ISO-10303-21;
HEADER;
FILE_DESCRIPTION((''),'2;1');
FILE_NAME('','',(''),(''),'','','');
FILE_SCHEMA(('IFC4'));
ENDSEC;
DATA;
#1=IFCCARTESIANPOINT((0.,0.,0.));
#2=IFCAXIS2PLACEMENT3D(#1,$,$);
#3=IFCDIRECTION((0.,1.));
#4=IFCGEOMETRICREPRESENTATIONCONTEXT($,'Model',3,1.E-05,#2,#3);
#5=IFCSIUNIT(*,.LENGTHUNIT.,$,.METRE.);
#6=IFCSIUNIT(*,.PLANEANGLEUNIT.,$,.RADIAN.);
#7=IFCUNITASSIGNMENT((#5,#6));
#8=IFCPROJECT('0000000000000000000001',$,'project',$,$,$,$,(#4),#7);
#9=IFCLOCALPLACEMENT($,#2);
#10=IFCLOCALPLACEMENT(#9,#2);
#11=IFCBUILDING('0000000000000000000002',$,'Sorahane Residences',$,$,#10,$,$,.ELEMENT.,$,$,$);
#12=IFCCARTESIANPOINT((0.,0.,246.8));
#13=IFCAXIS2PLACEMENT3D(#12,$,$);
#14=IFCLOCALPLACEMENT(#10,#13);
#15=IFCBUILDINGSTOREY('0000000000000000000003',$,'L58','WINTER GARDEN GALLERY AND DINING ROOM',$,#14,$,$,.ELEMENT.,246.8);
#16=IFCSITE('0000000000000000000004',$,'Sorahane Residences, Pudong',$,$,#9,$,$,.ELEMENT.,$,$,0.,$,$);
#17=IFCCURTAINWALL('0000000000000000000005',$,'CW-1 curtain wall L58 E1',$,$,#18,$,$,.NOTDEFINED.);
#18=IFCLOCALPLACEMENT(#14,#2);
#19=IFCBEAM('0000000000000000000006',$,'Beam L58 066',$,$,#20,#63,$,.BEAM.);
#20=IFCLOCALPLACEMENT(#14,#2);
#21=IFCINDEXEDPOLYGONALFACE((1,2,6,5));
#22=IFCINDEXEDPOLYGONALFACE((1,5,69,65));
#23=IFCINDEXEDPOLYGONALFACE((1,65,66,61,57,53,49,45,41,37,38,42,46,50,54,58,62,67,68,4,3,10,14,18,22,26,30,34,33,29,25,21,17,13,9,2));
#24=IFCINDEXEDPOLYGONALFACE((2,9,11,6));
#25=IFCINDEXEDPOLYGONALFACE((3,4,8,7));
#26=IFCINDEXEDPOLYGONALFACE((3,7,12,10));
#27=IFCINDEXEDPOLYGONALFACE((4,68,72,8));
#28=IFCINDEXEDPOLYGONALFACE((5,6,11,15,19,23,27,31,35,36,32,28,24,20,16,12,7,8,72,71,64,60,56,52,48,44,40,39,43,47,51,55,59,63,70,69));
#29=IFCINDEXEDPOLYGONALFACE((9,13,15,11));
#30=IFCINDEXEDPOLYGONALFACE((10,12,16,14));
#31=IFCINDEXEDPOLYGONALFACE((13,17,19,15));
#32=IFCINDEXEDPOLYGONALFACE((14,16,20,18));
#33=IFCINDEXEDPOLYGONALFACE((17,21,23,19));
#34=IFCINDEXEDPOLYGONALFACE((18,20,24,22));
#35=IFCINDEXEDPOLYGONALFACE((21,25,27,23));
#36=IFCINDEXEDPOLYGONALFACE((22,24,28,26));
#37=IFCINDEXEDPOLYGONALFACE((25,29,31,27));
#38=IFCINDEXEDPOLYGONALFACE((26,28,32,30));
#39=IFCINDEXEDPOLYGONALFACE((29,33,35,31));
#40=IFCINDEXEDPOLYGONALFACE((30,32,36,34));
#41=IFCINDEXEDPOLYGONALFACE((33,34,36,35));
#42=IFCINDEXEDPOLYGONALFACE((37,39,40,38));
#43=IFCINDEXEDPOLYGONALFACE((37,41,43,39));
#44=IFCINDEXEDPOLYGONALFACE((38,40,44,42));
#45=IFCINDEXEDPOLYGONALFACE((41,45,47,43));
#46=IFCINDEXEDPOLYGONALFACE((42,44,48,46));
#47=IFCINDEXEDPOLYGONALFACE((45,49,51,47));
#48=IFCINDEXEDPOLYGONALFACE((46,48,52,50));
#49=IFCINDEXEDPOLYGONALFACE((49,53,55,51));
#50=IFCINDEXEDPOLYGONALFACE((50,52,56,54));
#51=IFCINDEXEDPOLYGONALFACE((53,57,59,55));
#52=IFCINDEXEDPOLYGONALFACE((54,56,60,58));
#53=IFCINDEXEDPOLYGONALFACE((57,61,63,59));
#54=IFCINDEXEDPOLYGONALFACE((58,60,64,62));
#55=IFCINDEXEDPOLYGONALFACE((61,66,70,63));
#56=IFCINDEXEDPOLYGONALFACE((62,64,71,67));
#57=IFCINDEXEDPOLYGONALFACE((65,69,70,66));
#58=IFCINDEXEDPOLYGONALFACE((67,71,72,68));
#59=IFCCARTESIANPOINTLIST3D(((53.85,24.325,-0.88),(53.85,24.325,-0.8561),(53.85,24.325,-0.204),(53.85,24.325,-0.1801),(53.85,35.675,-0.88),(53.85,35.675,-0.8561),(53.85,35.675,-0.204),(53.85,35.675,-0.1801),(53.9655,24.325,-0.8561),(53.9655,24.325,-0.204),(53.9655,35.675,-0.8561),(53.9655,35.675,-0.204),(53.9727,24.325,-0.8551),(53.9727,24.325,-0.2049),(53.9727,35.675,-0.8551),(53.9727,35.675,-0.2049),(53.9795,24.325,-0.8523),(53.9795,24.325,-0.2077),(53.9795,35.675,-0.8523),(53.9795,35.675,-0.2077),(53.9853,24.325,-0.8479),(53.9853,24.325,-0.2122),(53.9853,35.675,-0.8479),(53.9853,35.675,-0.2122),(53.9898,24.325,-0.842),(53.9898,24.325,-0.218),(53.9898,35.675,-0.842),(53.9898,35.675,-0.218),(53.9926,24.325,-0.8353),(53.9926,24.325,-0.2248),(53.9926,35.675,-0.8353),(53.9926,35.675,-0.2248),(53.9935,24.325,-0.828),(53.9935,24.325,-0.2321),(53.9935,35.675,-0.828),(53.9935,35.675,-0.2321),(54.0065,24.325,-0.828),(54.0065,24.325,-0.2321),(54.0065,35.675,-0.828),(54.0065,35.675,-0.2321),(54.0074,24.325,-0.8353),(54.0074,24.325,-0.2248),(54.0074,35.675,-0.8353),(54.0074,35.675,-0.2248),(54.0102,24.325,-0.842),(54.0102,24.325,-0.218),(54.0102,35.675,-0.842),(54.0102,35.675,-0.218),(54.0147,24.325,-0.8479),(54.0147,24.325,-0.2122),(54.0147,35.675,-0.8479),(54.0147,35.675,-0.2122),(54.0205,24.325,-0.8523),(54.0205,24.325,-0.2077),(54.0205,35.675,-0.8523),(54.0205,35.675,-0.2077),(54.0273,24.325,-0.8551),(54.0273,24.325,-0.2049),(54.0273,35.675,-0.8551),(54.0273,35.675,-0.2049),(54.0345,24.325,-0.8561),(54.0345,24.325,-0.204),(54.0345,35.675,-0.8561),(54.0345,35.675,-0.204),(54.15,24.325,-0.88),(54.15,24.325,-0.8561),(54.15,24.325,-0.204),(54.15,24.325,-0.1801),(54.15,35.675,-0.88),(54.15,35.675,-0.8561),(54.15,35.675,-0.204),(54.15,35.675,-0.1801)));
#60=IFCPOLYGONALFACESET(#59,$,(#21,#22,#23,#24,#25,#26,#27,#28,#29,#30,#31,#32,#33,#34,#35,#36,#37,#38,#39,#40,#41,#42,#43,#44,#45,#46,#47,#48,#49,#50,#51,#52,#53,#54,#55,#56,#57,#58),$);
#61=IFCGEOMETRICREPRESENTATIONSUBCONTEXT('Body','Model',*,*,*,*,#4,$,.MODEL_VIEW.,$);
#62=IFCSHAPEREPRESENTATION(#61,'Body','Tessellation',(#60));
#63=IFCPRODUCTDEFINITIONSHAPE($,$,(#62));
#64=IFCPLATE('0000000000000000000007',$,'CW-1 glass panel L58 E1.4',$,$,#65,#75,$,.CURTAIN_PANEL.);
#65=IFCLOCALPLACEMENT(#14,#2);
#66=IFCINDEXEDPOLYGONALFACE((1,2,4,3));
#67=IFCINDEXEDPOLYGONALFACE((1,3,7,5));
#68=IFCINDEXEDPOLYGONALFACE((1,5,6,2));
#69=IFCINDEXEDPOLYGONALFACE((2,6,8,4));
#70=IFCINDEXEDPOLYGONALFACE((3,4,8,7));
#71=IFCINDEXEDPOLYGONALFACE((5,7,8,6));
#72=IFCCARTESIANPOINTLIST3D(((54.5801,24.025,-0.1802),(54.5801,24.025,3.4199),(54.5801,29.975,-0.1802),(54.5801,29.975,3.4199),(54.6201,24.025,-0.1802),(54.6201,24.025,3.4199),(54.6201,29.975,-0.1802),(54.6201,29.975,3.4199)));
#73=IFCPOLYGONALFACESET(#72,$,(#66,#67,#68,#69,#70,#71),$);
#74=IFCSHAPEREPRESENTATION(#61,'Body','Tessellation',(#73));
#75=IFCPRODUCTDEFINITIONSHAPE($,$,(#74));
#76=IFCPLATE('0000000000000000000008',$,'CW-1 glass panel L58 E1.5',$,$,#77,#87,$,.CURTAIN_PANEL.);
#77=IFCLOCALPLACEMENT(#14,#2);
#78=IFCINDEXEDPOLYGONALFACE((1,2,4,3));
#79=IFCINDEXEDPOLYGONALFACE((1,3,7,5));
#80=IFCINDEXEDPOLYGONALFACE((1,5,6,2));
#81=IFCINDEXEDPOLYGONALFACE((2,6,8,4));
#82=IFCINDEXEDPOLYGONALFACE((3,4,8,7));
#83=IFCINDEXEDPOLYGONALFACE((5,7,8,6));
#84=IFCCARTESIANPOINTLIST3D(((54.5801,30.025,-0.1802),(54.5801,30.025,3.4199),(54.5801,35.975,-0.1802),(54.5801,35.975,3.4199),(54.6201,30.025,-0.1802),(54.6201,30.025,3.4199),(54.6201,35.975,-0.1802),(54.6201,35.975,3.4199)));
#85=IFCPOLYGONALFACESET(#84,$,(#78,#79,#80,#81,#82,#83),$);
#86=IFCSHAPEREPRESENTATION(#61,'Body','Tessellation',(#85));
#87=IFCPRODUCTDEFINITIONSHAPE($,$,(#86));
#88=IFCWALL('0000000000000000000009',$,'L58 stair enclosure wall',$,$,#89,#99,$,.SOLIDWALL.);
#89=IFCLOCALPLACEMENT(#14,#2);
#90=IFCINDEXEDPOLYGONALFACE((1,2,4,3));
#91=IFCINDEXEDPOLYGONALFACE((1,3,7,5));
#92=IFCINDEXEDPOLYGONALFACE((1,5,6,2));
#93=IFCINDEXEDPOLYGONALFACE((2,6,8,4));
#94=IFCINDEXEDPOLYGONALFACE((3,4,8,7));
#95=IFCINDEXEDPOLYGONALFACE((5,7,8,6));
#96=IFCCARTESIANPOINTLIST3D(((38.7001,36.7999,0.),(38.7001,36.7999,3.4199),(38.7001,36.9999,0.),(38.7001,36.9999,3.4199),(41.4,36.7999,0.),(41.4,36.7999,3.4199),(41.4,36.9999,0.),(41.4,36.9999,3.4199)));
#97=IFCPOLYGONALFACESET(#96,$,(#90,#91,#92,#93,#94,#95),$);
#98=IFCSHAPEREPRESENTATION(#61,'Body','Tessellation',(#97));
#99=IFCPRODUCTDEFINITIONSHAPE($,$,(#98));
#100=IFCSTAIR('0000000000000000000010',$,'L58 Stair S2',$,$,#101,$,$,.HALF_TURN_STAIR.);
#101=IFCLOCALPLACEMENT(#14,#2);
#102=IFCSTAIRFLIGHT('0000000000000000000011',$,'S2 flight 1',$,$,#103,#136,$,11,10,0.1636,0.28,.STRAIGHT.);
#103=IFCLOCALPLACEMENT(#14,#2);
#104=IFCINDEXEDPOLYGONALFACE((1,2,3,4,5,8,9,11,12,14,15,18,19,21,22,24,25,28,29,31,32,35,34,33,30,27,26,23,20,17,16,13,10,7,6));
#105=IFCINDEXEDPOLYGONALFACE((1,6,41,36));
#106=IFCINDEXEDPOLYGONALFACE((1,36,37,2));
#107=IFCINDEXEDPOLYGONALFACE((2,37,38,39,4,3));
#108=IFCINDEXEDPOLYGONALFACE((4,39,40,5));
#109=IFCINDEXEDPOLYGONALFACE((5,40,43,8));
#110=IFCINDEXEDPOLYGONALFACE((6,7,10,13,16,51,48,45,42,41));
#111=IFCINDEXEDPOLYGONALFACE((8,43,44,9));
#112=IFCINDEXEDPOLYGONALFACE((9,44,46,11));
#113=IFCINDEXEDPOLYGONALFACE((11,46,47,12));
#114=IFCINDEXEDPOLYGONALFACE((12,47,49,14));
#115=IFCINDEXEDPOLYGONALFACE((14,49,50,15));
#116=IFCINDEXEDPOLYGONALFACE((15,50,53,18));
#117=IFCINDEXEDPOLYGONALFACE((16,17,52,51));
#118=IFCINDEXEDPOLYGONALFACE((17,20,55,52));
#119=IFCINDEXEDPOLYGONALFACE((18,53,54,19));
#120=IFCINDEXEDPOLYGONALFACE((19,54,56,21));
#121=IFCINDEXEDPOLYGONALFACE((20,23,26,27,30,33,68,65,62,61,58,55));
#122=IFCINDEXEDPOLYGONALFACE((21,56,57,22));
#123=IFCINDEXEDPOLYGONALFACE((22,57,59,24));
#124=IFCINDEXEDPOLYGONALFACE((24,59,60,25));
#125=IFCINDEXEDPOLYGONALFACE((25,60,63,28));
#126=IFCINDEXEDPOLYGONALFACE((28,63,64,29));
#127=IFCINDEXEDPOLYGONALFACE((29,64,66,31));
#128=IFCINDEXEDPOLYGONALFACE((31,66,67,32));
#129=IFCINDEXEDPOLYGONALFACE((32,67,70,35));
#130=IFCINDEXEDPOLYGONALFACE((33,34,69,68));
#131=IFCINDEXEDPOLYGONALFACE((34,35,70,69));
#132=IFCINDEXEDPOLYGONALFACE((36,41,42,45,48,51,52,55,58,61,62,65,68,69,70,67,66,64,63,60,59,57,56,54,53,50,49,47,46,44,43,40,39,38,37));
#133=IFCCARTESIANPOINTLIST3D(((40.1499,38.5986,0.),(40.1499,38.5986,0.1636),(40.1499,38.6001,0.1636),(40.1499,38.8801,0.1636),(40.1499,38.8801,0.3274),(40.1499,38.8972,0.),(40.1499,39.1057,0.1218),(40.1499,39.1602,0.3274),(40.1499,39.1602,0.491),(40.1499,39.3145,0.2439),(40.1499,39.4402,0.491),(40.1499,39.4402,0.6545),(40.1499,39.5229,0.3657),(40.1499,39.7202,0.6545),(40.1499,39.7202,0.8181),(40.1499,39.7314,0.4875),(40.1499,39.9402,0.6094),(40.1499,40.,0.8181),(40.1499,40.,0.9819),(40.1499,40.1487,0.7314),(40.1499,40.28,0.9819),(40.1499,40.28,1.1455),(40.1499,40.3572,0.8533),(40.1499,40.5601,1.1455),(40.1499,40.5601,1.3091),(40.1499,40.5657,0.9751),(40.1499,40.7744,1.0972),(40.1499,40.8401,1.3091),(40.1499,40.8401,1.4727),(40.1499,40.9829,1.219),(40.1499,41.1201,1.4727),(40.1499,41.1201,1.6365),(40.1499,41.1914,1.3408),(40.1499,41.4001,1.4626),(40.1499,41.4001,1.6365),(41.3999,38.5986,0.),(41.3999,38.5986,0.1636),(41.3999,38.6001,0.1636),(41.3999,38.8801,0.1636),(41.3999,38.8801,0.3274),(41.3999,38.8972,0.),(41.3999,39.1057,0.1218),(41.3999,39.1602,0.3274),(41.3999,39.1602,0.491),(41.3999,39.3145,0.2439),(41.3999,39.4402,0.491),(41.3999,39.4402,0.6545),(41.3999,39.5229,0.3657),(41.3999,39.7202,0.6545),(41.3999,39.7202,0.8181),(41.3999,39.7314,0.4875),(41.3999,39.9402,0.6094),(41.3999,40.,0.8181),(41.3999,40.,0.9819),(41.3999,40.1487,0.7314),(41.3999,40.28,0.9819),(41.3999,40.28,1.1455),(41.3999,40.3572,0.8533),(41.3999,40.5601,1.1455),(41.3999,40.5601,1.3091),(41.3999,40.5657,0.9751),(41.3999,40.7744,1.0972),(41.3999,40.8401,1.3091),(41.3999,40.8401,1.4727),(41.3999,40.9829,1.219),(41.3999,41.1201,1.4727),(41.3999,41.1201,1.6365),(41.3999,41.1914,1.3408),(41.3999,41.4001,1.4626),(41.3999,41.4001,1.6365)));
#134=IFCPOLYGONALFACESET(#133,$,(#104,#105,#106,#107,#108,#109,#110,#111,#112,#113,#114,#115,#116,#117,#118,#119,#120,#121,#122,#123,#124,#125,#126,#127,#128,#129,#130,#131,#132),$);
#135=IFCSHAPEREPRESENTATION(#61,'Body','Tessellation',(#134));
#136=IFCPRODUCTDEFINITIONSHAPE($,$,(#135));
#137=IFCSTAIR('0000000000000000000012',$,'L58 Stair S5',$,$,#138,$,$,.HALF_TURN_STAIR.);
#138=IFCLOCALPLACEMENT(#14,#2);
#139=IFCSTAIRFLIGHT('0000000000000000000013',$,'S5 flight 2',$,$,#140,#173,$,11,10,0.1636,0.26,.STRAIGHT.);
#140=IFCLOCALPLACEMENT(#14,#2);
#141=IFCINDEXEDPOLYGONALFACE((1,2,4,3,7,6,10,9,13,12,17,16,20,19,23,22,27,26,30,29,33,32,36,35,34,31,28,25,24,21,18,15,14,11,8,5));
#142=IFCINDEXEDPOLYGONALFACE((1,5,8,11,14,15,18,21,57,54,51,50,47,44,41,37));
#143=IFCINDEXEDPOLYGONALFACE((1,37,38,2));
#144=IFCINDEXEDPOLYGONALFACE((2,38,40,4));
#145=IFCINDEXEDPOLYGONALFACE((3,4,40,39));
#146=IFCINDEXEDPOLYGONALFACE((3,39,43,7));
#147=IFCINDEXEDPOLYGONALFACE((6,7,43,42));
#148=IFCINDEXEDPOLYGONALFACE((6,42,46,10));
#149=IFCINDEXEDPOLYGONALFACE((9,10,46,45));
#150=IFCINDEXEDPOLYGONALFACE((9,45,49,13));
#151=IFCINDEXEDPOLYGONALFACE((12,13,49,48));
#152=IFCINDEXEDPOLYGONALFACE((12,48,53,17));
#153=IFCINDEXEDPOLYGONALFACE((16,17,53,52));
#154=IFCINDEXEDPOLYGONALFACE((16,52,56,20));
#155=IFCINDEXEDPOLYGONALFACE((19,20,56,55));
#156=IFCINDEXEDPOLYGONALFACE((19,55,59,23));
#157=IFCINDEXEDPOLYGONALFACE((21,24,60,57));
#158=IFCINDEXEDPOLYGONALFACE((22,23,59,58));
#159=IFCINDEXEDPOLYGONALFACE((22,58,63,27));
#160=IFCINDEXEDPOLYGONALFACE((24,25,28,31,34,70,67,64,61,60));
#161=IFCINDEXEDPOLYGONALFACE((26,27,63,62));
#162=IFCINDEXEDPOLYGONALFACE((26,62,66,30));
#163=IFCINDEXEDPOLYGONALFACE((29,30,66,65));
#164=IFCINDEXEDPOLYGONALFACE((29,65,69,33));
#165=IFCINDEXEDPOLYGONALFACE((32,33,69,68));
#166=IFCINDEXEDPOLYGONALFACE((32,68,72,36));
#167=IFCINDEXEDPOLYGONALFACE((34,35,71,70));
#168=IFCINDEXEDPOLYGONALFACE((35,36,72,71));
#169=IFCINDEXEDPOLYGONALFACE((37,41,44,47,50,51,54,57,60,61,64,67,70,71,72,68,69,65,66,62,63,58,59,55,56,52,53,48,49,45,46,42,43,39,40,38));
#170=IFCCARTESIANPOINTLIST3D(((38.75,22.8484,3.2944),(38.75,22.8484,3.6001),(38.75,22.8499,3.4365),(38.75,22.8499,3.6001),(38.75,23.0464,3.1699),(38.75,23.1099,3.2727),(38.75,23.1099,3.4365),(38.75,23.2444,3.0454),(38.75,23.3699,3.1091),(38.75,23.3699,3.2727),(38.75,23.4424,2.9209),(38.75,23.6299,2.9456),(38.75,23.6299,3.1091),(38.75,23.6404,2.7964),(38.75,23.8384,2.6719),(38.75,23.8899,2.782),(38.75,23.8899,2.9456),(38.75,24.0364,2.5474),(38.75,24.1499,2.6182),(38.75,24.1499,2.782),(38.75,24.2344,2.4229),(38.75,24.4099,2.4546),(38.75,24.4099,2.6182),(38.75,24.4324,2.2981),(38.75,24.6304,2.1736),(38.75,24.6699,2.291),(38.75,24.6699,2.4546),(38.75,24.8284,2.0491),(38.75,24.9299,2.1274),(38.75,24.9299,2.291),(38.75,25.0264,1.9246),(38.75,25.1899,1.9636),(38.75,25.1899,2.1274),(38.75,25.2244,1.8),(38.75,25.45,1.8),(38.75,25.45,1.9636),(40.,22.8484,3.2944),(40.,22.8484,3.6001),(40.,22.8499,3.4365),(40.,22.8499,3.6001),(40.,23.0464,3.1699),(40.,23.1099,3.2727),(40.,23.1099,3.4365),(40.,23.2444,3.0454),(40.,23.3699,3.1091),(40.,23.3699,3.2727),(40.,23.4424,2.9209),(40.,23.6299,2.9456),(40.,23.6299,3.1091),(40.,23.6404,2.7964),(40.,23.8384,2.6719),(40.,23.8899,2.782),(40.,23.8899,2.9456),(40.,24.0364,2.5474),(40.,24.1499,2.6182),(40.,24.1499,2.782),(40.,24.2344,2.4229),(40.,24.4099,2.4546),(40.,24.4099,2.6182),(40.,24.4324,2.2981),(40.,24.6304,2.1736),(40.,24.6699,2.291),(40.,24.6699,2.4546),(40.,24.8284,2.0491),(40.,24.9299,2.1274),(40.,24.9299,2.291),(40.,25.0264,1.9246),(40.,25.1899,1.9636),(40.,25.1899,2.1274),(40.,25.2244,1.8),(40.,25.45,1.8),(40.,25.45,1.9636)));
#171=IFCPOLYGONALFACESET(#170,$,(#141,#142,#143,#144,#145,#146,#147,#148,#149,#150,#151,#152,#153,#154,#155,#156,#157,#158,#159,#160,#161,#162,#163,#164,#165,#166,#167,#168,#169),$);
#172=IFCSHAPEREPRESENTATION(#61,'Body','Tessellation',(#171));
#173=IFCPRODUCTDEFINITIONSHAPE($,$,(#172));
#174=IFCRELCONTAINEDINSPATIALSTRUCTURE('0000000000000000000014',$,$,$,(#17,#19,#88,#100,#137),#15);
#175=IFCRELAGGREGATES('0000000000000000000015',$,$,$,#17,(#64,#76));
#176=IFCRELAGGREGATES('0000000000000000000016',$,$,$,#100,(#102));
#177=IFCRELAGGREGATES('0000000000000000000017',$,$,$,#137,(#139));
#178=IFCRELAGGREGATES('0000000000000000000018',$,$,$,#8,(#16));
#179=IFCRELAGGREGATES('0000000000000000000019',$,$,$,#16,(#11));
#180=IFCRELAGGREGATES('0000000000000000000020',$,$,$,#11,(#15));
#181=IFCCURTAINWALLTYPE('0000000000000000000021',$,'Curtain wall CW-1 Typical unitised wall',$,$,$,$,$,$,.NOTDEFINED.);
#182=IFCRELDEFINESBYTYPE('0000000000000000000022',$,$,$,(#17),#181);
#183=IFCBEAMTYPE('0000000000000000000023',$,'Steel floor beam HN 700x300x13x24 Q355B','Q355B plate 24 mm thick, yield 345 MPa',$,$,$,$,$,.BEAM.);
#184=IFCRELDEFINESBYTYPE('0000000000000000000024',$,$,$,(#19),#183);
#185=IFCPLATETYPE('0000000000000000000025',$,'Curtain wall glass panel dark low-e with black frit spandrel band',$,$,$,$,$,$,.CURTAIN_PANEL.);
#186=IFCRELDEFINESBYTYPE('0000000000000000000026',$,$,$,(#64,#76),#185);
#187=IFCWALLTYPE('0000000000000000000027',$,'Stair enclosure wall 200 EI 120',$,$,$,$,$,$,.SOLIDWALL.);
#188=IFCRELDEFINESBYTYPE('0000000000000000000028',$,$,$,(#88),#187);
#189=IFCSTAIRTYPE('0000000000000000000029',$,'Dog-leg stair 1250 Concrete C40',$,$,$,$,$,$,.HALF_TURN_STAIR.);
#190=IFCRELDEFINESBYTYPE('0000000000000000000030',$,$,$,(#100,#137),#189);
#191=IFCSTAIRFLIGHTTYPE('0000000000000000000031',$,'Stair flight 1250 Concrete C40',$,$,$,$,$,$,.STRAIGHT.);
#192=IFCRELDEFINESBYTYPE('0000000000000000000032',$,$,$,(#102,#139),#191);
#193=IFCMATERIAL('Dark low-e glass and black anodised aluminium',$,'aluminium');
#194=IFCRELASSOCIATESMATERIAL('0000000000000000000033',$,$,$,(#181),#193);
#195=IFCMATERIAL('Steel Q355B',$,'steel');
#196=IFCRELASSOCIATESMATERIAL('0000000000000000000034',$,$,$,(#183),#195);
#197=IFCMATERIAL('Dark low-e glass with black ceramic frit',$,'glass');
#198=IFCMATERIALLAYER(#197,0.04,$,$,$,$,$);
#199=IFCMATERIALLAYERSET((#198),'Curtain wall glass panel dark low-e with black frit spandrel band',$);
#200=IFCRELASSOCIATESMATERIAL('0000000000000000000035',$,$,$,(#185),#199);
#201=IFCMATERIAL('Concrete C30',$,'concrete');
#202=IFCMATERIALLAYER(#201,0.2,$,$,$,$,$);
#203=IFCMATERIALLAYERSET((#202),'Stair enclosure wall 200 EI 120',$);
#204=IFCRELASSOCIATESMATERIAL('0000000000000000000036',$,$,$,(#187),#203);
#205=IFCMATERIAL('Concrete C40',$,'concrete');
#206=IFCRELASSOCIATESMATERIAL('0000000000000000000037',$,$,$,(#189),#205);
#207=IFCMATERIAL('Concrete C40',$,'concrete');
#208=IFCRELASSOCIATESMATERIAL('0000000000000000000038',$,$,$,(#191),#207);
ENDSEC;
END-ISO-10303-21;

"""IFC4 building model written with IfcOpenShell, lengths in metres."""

from ifc_helpers import new_model, si_unit, direction, frame, frame_2d, origin, origin_2d, place, context, subcontext, project, spatial, polyline, rectangle, i_section, outline, extrude, material, layer, layer_set, material_profile, profile_set, type_object, element, aggregate, save


model = new_model("IFC4")

# Units and contexts
model_context = context("Model", 3, precision=1e-05, world=origin(), true_north=direction((0.0, 1.0)))
body_context = subcontext(model_context, "Body", "Model", "MODEL_VIEW")
ifc_project = project(units=[si_unit("LENGTHUNIT", "METRE"), si_unit("PLANEANGLEUNIT", "RADIAN")], contexts=[model_context])

# Site, building, storey
site_placement = place(None, origin())
site = spatial("IfcSite", under=ifc_project, at=site_placement, Name="Sorahane Residences, Pudong", CompositionType="ELEMENT", RefElevation=0.0)
building_placement = place(site_placement, origin())
building = spatial("IfcBuilding", under=site, at=building_placement, Name="Sorahane Residences", CompositionType="ELEMENT")
storey_placement = place(building_placement, frame((0.0, 0.0, 246.8)))
storey = spatial("IfcBuildingStorey", under=building, at=storey_placement, Name="L58", Description="WINTER GARDEN GALLERY AND DINING ROOM", CompositionType="ELEMENT", Elevation=246.8)

# Curtain wall
ifc_material_1 = material(Name="Dark low-e glass and black anodised aluminium", Category="aluminium")
curtain_wall_type = type_object("IfcCurtainWallType", Name="Curtain wall CW-1 Typical unitised wall", PredefinedType="NOTDEFINED", material=ifc_material_1)
curtain_wall_placement = place(storey_placement, origin())
curtain_wall = element("IfcCurtainWall", 1, at=curtain_wall_placement, inside=storey, type_object=curtain_wall_type, Name="CW-1 curtain wall L58 E1", PredefinedType="NOTDEFINED")

# Beam
ifc_material_2 = material(Name="Steel Q355B", Category="steel")
ifc_material_profile_1 = material_profile(ifc_material_2, i_section(OverallWidth=0.3, OverallDepth=0.7, WebThickness=0.0129, FlangeThickness=0.0239, FilletRadius=0.0281, at=origin_2d()), Name="HN 700x300x13x24")
ifc_profile_set_1 = profile_set([ifc_material_profile_1], Name="Steel Q355B")
beam_type_1 = type_object("IfcBeamType", Name="Steel floor beam HN 700x300x13x24 Q355B", Description="Q355B plate 24 mm thick, yield 345 MPa", PredefinedType="BEAM", material=ifc_profile_set_1)
beam_1_placement = place(storey_placement, frame((54.0, 24.325, -0.53), z_axis=(0.0, 1.0, 0.0), x_axis=(-1.0, 0.0, 0.0)))
element("IfcBeam", 2, at=beam_1_placement, inside=storey, type_object=beam_type_1, Name="Beam L58 066", PredefinedType="BEAM", context=body_context, shape_type="SweptSolid", body=[
    extrude(i_section(OverallWidth=0.3, OverallDepth=0.7, WebThickness=0.0129, FlangeThickness=0.0239, FilletRadius=0.0281, at=origin_2d()), origin(), (0.0, 0.0, 1.0), 11.3501),
])

# Plates
ifc_material_3 = material(Name="Dark low-e glass with black ceramic frit", Category="glass")
ifc_layer_1 = layer(ifc_material_3, 0.04)
ifc_layer_set_1 = layer_set([ifc_layer_1], Name="Curtain wall glass panel dark low-e with black frit spandrel band")
plate_type = type_object("IfcPlateType", Name="Curtain wall glass panel dark low-e with black frit spandrel band", PredefinedType="CURTAIN_PANEL", material=ifc_layer_set_1)
plate_1_placement = place(storey_placement, frame((54.6001, 27.0, -0.1802), z_axis=(0.0, 0.0, 1.0), x_axis=(0.0, 1.0, 0.0)))
plate_1 = element("IfcPlate", 3, at=plate_1_placement, type_object=plate_type, Name="CW-1 glass panel L58 E1.4", PredefinedType="CURTAIN_PANEL", context=body_context, shape_type="SweptSolid", body=[
    extrude(rectangle(XDim=5.95, YDim=0.04, at=origin_2d()), origin(), (0.0, 0.0, 1.0), 3.6001),
])
plate_2_placement = place(storey_placement, frame((54.6001, 33.0, -0.1802), z_axis=(0.0, 0.0, 1.0), x_axis=(0.0, 1.0, 0.0)))
plate_2 = element("IfcPlate", 4, at=plate_2_placement, type_object=plate_type, Name="CW-1 glass panel L58 E1.5", PredefinedType="CURTAIN_PANEL", context=body_context, shape_type="SweptSolid", body=[
    extrude(rectangle(XDim=5.95, YDim=0.04, at=origin_2d()), origin(), (0.0, 0.0, 1.0), 3.6001),
])
aggregate(curtain_wall, [plate_1, plate_2])

# Wall
ifc_material_4 = material(Name="Concrete C30", Category="concrete")
ifc_layer_2 = layer(ifc_material_4, 0.2)
ifc_layer_set_2 = layer_set([ifc_layer_2], Name="Stair enclosure wall 200 EI 120")
wall_type = type_object("IfcWallType", Name="Stair enclosure wall 200 EI 120", PredefinedType="SOLIDWALL", material=ifc_layer_set_2)
wall_placement = place(storey_placement, frame((38.7, 36.8999, 0.0), z_axis=(0.0, 0.0, 1.0), x_axis=(1.0, 0.0, 0.0)))
element("IfcWall", 5, at=wall_placement, inside=storey, type_object=wall_type, Name="L58 stair enclosure wall", PredefinedType="SOLIDWALL", context=body_context, shape_type="SweptSolid", body=[
    extrude(rectangle(XDim=2.7, YDim=0.2, at=frame_2d((1.3501, 0.0))), origin(), (0.0, 0.0, 1.0), 3.4199),
])

# Stairs, stair flights
ifc_material_5 = material(Name="Concrete C40", Category="concrete")
stair_type = type_object("IfcStairType", Name="Dog-leg stair 1250 Concrete C40", PredefinedType="HALF_TURN_STAIR", material=ifc_material_5)
stair_1_placement = place(storey_placement, origin())
stair_1 = element("IfcStair", 6, at=stair_1_placement, inside=storey, type_object=stair_type, Name="L58 Stair S2", PredefinedType="HALF_TURN_STAIR")
ifc_material_6 = material(Name="Concrete C40", Category="concrete")
stair_flight_type = type_object("IfcStairFlightType", Name="Stair flight 1250 Concrete C40", PredefinedType="STRAIGHT", material=ifc_material_6)
stair_flight_1_placement = place(storey_placement, frame((40.7749, 38.6001, 0.0), z_axis=(0.0, 0.0, 1.0), x_axis=(0.0, 1.0, 0.0)))
stair_flight_1 = element("IfcStairFlight", 7, at=stair_flight_1_placement, type_object=stair_flight_type, Name="S2 flight 1", NumberOfRisers=11, NumberOfTreads=10, PredefinedType="STRAIGHT", RiserHeight=0.1636, TreadLength=0.28, context=body_context, shape_type="SweptSolid", body=[
    extrude(outline(polyline([(-0.0015, 0.0), (-0.0015, 0.1636), (0.0, 0.1636), (0.28, 0.1636), (0.28, 0.3274), (0.5601, 0.3274), (0.5601, 0.491), (0.8401, 0.491), (0.8401, 0.6545), (1.1201, 0.6545), (1.1201, 0.8181), (1.3999, 0.8181), (1.3999, 0.9819), (1.6799, 0.9819), (1.6799, 1.1455), (1.96, 1.1455), (1.96, 1.3091), (2.24, 1.3091), (2.24, 1.4727), (2.52, 1.4727), (2.52, 1.6365), (2.8, 1.6365), (2.8, 1.8), (2.8, 1.4626), (2.5913, 1.3408), (2.3828, 1.219), (2.1743, 1.0972), (1.9656, 0.9751), (1.7571, 0.8533), (1.5486, 0.7314), (1.3401, 0.6094), (1.1313, 0.4875), (0.9229, 0.3657), (0.7144, 0.2439), (0.5056, 0.1218), (0.2971, 0.0), (-0.0015, 0.0)])), frame((0.0, 0.625, 0.0), z_axis=(0.0, -1.0, 0.0), x_axis=(1.0, 0.0, 0.0)), (0.0, 0.0, 1.0), 1.25),
])
aggregate(stair_1, [stair_flight_1])
stair_2_placement = place(storey_placement, origin())
stair_2 = element("IfcStair", 8, at=stair_2_placement, inside=storey, type_object=stair_type, Name="L58 Stair S5", PredefinedType="HALF_TURN_STAIR")
stair_flight_2_placement = place(storey_placement, frame((39.375, 25.45, 1.8), z_axis=(0.0, 0.0, 1.0), x_axis=(0.0, -1.0, 0.0)))
stair_flight_2 = element("IfcStairFlight", 9, at=stair_flight_2_placement, type_object=stair_flight_type, Name="S5 flight 2", NumberOfRisers=11, NumberOfTreads=10, PredefinedType="STRAIGHT", RiserHeight=0.1636, TreadLength=0.26, context=body_context, shape_type="SweptSolid", body=[
    extrude(outline(polyline([(0.0, 0.0), (0.0, 0.1636), (0.26, 0.1636), (0.26, 0.3274), (0.52, 0.3274), (0.52, 0.491), (0.78, 0.491), (0.78, 0.6545), (1.04, 0.6545), (1.04, 0.8181), (1.3, 0.8181), (1.3, 0.9819), (1.5601, 0.9819), (1.5601, 1.1455), (1.8201, 1.1455), (1.8201, 1.3091), (2.0801, 1.3091), (2.0801, 1.4727), (2.3401, 1.4727), (2.3401, 1.6365), (2.6001, 1.6365), (2.6001, 1.8), (2.6016, 1.8), (2.6016, 1.4944), (2.4036, 1.3699), (2.2056, 1.2454), (2.0076, 1.1208), (1.8096, 0.9963), (1.6116, 0.8718), (1.4136, 0.7473), (1.2156, 0.6228), (1.0176, 0.498), (0.8196, 0.3735), (0.6216, 0.249), (0.4236, 0.1245), (0.2256, 0.0), (0.0, 0.0)])), frame((0.0, 0.625, 0.0), z_axis=(0.0, -1.0, 0.0), x_axis=(1.0, 0.0, 0.0)), (0.0, 0.0, 1.0), 1.25),
])
aggregate(stair_2, [stair_flight_2])

save(model, "model.ifc")
